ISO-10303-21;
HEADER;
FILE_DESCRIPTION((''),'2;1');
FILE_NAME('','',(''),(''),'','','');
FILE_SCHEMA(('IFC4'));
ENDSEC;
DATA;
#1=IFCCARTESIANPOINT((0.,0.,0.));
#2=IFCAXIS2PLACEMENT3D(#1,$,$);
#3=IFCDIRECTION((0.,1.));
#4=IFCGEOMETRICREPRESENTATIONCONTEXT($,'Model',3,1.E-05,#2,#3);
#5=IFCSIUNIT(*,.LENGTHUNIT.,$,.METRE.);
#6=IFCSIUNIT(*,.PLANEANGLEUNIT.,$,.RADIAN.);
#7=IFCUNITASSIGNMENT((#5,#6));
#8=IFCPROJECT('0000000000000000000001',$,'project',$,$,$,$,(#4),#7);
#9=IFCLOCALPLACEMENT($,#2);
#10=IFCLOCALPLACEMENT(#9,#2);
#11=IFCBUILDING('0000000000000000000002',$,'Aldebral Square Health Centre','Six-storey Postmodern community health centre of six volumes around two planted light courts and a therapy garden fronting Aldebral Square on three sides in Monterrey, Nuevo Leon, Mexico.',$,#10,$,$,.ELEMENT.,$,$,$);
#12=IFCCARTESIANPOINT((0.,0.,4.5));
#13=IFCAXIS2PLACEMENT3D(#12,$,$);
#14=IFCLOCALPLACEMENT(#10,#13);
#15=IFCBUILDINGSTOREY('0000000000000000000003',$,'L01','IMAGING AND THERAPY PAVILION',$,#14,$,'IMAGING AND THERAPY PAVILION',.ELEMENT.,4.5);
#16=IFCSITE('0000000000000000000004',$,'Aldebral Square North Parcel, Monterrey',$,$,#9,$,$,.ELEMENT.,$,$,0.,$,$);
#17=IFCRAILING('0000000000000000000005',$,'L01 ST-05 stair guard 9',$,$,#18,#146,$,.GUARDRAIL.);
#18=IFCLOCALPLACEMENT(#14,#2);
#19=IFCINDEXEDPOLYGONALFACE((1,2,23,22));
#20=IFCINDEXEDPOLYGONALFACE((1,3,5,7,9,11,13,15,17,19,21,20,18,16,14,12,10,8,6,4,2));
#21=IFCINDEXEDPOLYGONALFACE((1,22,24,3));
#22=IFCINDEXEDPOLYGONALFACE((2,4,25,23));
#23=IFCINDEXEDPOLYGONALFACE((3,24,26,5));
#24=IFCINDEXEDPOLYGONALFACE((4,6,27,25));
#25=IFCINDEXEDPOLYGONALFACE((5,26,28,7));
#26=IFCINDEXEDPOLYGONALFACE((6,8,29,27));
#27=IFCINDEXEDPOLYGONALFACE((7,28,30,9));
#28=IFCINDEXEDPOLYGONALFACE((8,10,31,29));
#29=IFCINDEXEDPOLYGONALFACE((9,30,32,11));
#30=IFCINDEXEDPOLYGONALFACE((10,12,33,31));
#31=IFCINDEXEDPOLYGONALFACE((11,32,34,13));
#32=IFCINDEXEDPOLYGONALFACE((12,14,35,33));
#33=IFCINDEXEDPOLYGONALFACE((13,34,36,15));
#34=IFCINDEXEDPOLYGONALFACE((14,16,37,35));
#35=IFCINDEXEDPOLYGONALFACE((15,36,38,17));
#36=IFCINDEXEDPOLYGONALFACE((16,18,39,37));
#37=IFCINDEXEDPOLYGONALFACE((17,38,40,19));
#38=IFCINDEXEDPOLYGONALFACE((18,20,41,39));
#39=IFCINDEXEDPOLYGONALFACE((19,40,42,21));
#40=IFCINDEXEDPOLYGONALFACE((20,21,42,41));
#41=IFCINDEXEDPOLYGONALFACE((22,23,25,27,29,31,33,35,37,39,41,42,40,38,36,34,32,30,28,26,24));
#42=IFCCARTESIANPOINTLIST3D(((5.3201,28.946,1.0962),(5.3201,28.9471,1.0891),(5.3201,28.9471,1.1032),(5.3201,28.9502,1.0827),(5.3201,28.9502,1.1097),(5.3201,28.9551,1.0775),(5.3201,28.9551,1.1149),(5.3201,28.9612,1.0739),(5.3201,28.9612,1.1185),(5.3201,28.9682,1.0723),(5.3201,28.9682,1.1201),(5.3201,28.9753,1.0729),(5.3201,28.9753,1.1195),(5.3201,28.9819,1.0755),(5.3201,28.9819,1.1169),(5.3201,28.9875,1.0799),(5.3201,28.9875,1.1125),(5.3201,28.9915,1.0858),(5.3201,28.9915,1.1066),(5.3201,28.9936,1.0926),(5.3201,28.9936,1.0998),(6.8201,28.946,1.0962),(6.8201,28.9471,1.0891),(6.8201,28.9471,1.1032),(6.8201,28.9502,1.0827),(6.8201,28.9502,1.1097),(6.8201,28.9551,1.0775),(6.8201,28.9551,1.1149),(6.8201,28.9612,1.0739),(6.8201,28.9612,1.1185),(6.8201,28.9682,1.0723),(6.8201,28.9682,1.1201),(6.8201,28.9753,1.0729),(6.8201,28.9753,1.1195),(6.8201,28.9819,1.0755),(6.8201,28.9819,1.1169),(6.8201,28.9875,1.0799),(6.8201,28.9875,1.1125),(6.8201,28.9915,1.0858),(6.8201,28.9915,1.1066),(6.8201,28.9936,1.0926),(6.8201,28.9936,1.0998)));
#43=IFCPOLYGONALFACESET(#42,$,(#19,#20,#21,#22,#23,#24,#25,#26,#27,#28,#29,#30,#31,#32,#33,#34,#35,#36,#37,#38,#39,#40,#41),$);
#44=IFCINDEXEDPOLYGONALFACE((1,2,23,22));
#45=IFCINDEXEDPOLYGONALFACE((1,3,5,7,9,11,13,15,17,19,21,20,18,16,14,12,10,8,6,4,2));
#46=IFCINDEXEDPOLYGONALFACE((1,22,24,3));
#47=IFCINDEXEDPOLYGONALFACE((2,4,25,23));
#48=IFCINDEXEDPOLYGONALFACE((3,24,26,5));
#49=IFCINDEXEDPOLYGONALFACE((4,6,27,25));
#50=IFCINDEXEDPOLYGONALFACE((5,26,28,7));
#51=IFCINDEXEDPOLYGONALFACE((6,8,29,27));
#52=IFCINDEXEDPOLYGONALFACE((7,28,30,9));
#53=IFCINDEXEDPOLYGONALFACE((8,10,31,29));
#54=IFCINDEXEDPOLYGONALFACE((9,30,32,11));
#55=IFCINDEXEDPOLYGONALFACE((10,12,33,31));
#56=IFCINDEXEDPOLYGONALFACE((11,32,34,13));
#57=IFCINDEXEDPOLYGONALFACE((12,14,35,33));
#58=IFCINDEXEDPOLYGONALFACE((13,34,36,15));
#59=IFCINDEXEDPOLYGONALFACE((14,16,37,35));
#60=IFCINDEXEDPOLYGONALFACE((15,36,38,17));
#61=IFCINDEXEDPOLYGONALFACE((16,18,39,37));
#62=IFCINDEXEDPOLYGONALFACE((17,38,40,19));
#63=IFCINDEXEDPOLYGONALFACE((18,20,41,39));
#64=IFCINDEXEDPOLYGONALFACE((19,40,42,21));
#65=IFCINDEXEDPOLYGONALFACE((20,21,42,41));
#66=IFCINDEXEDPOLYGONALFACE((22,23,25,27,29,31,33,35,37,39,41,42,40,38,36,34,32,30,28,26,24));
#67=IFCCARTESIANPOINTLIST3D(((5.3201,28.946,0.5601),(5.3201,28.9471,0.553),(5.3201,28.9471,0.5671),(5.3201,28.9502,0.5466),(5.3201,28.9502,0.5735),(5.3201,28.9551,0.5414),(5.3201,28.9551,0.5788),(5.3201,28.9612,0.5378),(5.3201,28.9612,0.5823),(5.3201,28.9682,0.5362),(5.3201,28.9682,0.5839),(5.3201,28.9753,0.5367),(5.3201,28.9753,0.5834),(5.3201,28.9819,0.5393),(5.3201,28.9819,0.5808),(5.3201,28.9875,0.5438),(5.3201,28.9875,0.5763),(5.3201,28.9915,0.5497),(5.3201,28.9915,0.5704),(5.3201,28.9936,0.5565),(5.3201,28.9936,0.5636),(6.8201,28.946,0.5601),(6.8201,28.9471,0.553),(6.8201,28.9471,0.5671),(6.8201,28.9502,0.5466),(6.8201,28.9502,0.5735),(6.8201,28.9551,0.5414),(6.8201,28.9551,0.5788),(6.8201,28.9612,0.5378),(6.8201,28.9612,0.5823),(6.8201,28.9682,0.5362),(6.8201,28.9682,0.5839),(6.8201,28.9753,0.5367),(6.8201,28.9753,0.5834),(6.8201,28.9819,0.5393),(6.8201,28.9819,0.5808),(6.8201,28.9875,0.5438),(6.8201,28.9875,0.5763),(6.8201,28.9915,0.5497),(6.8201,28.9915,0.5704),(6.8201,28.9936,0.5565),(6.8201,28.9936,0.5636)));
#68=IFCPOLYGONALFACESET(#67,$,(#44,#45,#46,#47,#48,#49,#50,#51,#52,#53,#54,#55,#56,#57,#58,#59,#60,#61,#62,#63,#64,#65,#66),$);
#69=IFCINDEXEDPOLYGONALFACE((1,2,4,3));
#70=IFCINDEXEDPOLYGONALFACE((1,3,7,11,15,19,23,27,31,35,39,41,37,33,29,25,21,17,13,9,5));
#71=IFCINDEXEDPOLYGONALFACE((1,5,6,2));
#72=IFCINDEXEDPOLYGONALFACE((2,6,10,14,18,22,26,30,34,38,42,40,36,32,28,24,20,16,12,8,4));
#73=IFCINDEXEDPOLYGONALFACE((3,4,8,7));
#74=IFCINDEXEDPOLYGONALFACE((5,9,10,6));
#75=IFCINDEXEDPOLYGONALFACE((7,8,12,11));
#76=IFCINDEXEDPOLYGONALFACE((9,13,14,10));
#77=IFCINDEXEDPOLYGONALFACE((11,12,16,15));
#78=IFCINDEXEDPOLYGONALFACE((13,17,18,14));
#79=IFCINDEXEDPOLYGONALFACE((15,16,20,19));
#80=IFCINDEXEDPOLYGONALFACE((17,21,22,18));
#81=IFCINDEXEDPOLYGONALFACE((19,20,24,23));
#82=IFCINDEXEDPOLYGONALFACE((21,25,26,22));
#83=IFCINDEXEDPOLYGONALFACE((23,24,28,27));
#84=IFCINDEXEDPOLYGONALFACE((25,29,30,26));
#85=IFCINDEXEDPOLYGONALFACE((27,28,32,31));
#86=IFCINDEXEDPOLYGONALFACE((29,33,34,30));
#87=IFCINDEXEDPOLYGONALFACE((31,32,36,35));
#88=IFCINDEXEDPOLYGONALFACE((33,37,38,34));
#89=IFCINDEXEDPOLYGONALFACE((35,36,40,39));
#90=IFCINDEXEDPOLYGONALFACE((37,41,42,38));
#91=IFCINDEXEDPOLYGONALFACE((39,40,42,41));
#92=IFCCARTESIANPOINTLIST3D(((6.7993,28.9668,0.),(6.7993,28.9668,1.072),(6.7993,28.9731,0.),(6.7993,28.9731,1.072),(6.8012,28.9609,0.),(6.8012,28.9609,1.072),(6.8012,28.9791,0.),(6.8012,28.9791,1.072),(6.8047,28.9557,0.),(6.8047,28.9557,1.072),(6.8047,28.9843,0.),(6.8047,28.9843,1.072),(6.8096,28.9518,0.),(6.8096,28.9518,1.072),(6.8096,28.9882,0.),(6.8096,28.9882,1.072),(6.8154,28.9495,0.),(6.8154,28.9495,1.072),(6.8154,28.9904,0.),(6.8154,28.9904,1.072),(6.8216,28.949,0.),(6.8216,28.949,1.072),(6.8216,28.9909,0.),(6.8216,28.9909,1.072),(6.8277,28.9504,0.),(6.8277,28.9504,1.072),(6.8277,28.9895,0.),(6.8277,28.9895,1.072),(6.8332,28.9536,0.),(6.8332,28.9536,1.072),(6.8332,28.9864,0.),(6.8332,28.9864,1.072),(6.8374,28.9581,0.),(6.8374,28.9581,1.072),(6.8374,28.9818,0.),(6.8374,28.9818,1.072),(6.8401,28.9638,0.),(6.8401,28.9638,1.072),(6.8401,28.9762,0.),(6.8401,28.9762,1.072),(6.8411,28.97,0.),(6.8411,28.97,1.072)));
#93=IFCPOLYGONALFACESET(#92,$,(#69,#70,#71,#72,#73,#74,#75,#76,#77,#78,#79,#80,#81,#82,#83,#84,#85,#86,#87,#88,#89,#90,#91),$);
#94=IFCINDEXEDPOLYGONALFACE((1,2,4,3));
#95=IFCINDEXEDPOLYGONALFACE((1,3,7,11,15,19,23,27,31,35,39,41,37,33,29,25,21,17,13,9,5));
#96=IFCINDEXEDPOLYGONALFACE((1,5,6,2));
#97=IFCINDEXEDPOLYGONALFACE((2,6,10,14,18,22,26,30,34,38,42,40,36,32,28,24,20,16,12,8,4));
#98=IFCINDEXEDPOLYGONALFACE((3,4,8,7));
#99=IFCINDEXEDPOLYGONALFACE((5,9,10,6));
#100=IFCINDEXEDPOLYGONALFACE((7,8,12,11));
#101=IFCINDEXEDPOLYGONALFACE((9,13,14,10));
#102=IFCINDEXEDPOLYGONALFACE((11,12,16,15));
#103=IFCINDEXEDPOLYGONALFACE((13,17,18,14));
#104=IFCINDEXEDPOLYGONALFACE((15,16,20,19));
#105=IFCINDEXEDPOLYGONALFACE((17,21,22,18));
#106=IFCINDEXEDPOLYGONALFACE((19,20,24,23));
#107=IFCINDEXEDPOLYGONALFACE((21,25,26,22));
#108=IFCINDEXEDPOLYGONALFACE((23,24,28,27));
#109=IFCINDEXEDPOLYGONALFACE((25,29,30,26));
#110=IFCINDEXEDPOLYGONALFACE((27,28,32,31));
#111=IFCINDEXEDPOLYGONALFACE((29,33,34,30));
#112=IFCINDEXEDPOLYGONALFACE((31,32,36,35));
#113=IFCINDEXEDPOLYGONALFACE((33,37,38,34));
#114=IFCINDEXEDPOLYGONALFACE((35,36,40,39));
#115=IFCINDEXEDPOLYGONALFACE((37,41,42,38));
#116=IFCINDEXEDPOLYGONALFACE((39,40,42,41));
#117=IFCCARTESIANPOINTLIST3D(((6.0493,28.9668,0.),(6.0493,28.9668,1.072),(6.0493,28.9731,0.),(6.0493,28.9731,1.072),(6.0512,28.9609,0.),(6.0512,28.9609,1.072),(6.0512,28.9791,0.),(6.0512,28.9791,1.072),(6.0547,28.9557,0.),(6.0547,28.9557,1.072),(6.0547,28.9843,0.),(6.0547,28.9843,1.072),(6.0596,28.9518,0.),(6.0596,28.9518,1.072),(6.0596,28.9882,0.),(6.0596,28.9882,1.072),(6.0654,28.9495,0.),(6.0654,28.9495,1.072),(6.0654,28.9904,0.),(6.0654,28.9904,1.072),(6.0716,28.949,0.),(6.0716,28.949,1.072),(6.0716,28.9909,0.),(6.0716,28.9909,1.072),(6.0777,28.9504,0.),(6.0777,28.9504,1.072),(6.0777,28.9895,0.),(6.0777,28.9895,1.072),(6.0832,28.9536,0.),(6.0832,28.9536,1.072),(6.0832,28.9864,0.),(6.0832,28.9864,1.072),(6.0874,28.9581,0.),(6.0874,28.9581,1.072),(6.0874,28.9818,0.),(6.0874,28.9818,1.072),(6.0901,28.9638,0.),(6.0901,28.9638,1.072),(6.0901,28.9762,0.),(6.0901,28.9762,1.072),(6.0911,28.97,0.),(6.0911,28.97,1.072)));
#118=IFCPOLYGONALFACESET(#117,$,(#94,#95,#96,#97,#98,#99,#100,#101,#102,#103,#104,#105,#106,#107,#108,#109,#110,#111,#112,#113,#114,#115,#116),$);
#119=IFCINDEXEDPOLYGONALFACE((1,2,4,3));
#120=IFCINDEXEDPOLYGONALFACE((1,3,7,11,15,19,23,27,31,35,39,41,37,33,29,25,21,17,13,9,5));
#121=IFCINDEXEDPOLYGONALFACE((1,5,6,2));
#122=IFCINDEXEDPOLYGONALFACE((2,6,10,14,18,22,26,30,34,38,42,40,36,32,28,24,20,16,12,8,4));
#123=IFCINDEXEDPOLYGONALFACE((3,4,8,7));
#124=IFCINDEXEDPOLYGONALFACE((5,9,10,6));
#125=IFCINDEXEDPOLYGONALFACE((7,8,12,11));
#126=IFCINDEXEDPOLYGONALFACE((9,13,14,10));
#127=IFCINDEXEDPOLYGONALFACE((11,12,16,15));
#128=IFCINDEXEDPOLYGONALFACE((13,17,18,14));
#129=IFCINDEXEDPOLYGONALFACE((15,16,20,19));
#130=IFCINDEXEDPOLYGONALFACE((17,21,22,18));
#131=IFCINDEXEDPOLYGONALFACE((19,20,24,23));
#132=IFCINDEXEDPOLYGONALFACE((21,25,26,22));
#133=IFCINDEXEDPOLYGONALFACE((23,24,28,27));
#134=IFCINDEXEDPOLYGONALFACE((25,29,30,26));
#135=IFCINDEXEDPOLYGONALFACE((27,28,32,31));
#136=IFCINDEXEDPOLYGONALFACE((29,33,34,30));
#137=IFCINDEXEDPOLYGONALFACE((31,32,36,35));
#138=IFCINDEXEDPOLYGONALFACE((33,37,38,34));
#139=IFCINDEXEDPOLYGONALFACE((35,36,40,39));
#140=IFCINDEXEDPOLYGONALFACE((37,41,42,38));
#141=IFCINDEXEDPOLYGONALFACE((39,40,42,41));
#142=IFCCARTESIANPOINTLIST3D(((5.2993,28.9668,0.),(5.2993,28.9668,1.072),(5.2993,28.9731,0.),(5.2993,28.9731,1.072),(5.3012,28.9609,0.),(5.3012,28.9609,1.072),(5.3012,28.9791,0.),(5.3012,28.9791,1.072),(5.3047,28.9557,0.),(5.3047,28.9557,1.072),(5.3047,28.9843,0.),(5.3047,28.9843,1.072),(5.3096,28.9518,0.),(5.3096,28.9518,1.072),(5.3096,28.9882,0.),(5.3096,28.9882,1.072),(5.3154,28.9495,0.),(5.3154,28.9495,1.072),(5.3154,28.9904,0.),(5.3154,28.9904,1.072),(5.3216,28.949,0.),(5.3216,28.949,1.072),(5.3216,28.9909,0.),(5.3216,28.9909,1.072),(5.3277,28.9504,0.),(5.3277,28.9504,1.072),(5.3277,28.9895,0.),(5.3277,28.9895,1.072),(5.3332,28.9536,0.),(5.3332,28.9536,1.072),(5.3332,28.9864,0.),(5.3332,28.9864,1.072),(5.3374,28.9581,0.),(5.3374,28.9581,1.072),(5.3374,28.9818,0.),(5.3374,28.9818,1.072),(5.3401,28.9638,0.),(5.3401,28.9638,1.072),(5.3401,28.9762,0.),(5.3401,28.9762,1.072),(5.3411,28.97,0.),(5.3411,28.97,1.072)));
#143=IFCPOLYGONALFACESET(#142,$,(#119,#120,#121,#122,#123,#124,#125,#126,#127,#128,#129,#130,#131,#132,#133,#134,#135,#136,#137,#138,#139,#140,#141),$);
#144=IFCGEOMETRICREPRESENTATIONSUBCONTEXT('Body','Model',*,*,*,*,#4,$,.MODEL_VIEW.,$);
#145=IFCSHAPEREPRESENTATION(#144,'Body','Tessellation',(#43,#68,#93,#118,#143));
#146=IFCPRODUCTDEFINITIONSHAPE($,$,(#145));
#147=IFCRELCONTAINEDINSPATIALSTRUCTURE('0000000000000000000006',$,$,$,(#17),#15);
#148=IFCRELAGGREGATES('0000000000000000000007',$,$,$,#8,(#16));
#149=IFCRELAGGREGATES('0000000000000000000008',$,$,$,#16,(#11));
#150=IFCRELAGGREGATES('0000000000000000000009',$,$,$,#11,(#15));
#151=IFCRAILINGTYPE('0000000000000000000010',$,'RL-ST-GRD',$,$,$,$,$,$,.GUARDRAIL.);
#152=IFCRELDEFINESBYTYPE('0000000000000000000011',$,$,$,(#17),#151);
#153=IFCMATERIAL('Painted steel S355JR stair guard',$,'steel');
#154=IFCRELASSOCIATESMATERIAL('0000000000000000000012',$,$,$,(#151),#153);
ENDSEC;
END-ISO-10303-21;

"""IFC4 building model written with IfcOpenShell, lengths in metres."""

from ifc_helpers import new_model, si_unit, direction, frame, origin, origin_2d, place, context, subcontext, project, spatial, circle, extrude, material, type_object, element, save


model = new_model("IFC4")

# Units and contexts
model_context = context("Model", 3, precision=1e-05, world=origin(), true_north=direction((0.0, 1.0)))
body_context = subcontext(model_context, "Body", "Model", "MODEL_VIEW")
ifc_project = project(units=[si_unit("LENGTHUNIT", "METRE"), si_unit("PLANEANGLEUNIT", "RADIAN")], contexts=[model_context])

# Site, building, storey
site_placement = place(None, origin())
site = spatial("IfcSite", under=ifc_project, at=site_placement, Name="Aldebral Square North Parcel, Monterrey", CompositionType="ELEMENT", RefElevation=0.0)
building_placement = place(site_placement, origin())
building = spatial("IfcBuilding", under=site, at=building_placement, Name="Aldebral Square Health Centre", Description="Six-storey Postmodern community health centre of six volumes around two planted light courts and a therapy garden fronting Aldebral Square on three sides in Monterrey, Nuevo Leon, Mexico.", CompositionType="ELEMENT")
storey_placement = place(building_placement, frame((0.0, 0.0, 4.5)))
storey = spatial("IfcBuildingStorey", under=building, at=storey_placement, Name="L01", Description="IMAGING AND THERAPY PAVILION", LongName="IMAGING AND THERAPY PAVILION", CompositionType="ELEMENT", Elevation=4.5)

# Railing
ifc_material_1 = material(Name="Painted steel S355JR stair guard", Category="steel")
railing_type_1 = type_object("IfcRailingType", Name="RL-ST-GRD", PredefinedType="GUARDRAIL", material=ifc_material_1)
for number, where, name in (
    (1, (6.8201, 28.97, 0.0), "L01 ST-05 stair guard 9"),
):
    element("IfcRailing", number, at=place(storey_placement, frame(where)), inside=storey, type_object=railing_type_1, Name=name, PredefinedType="GUARDRAIL", context=body_context, shape_type="SweptSolid", body=[
        extrude(circle(Radius=0.0239, at=origin_2d()), frame((0.0, 0.0, 1.0962), z_axis=(-1.0, 0.0, 0.0), x_axis=(0.0, -1.0, 0.0)), (0.0, 0.0, 1.0), 1.5),
        extrude(circle(Radius=0.0239, at=origin_2d()), frame((0.0, 0.0, 0.5601), z_axis=(-1.0, 0.0, 0.0), x_axis=(0.0, -1.0, 0.0)), (0.0, 0.0, 1.0), 1.5),
        extrude(circle(Radius=0.021, at=origin_2d()), origin(), (0.0, 0.0, 1.0), 1.072),
        extrude(circle(Radius=0.021, at=origin_2d()), frame((-0.75, 0.0, 0.0)), (0.0, 0.0, 1.0), 1.072),
        extrude(circle(Radius=0.021, at=origin_2d()), frame((-1.5, 0.0, 0.0)), (0.0, 0.0, 1.0), 1.072),
    ])

save(model, "model.ifc")
